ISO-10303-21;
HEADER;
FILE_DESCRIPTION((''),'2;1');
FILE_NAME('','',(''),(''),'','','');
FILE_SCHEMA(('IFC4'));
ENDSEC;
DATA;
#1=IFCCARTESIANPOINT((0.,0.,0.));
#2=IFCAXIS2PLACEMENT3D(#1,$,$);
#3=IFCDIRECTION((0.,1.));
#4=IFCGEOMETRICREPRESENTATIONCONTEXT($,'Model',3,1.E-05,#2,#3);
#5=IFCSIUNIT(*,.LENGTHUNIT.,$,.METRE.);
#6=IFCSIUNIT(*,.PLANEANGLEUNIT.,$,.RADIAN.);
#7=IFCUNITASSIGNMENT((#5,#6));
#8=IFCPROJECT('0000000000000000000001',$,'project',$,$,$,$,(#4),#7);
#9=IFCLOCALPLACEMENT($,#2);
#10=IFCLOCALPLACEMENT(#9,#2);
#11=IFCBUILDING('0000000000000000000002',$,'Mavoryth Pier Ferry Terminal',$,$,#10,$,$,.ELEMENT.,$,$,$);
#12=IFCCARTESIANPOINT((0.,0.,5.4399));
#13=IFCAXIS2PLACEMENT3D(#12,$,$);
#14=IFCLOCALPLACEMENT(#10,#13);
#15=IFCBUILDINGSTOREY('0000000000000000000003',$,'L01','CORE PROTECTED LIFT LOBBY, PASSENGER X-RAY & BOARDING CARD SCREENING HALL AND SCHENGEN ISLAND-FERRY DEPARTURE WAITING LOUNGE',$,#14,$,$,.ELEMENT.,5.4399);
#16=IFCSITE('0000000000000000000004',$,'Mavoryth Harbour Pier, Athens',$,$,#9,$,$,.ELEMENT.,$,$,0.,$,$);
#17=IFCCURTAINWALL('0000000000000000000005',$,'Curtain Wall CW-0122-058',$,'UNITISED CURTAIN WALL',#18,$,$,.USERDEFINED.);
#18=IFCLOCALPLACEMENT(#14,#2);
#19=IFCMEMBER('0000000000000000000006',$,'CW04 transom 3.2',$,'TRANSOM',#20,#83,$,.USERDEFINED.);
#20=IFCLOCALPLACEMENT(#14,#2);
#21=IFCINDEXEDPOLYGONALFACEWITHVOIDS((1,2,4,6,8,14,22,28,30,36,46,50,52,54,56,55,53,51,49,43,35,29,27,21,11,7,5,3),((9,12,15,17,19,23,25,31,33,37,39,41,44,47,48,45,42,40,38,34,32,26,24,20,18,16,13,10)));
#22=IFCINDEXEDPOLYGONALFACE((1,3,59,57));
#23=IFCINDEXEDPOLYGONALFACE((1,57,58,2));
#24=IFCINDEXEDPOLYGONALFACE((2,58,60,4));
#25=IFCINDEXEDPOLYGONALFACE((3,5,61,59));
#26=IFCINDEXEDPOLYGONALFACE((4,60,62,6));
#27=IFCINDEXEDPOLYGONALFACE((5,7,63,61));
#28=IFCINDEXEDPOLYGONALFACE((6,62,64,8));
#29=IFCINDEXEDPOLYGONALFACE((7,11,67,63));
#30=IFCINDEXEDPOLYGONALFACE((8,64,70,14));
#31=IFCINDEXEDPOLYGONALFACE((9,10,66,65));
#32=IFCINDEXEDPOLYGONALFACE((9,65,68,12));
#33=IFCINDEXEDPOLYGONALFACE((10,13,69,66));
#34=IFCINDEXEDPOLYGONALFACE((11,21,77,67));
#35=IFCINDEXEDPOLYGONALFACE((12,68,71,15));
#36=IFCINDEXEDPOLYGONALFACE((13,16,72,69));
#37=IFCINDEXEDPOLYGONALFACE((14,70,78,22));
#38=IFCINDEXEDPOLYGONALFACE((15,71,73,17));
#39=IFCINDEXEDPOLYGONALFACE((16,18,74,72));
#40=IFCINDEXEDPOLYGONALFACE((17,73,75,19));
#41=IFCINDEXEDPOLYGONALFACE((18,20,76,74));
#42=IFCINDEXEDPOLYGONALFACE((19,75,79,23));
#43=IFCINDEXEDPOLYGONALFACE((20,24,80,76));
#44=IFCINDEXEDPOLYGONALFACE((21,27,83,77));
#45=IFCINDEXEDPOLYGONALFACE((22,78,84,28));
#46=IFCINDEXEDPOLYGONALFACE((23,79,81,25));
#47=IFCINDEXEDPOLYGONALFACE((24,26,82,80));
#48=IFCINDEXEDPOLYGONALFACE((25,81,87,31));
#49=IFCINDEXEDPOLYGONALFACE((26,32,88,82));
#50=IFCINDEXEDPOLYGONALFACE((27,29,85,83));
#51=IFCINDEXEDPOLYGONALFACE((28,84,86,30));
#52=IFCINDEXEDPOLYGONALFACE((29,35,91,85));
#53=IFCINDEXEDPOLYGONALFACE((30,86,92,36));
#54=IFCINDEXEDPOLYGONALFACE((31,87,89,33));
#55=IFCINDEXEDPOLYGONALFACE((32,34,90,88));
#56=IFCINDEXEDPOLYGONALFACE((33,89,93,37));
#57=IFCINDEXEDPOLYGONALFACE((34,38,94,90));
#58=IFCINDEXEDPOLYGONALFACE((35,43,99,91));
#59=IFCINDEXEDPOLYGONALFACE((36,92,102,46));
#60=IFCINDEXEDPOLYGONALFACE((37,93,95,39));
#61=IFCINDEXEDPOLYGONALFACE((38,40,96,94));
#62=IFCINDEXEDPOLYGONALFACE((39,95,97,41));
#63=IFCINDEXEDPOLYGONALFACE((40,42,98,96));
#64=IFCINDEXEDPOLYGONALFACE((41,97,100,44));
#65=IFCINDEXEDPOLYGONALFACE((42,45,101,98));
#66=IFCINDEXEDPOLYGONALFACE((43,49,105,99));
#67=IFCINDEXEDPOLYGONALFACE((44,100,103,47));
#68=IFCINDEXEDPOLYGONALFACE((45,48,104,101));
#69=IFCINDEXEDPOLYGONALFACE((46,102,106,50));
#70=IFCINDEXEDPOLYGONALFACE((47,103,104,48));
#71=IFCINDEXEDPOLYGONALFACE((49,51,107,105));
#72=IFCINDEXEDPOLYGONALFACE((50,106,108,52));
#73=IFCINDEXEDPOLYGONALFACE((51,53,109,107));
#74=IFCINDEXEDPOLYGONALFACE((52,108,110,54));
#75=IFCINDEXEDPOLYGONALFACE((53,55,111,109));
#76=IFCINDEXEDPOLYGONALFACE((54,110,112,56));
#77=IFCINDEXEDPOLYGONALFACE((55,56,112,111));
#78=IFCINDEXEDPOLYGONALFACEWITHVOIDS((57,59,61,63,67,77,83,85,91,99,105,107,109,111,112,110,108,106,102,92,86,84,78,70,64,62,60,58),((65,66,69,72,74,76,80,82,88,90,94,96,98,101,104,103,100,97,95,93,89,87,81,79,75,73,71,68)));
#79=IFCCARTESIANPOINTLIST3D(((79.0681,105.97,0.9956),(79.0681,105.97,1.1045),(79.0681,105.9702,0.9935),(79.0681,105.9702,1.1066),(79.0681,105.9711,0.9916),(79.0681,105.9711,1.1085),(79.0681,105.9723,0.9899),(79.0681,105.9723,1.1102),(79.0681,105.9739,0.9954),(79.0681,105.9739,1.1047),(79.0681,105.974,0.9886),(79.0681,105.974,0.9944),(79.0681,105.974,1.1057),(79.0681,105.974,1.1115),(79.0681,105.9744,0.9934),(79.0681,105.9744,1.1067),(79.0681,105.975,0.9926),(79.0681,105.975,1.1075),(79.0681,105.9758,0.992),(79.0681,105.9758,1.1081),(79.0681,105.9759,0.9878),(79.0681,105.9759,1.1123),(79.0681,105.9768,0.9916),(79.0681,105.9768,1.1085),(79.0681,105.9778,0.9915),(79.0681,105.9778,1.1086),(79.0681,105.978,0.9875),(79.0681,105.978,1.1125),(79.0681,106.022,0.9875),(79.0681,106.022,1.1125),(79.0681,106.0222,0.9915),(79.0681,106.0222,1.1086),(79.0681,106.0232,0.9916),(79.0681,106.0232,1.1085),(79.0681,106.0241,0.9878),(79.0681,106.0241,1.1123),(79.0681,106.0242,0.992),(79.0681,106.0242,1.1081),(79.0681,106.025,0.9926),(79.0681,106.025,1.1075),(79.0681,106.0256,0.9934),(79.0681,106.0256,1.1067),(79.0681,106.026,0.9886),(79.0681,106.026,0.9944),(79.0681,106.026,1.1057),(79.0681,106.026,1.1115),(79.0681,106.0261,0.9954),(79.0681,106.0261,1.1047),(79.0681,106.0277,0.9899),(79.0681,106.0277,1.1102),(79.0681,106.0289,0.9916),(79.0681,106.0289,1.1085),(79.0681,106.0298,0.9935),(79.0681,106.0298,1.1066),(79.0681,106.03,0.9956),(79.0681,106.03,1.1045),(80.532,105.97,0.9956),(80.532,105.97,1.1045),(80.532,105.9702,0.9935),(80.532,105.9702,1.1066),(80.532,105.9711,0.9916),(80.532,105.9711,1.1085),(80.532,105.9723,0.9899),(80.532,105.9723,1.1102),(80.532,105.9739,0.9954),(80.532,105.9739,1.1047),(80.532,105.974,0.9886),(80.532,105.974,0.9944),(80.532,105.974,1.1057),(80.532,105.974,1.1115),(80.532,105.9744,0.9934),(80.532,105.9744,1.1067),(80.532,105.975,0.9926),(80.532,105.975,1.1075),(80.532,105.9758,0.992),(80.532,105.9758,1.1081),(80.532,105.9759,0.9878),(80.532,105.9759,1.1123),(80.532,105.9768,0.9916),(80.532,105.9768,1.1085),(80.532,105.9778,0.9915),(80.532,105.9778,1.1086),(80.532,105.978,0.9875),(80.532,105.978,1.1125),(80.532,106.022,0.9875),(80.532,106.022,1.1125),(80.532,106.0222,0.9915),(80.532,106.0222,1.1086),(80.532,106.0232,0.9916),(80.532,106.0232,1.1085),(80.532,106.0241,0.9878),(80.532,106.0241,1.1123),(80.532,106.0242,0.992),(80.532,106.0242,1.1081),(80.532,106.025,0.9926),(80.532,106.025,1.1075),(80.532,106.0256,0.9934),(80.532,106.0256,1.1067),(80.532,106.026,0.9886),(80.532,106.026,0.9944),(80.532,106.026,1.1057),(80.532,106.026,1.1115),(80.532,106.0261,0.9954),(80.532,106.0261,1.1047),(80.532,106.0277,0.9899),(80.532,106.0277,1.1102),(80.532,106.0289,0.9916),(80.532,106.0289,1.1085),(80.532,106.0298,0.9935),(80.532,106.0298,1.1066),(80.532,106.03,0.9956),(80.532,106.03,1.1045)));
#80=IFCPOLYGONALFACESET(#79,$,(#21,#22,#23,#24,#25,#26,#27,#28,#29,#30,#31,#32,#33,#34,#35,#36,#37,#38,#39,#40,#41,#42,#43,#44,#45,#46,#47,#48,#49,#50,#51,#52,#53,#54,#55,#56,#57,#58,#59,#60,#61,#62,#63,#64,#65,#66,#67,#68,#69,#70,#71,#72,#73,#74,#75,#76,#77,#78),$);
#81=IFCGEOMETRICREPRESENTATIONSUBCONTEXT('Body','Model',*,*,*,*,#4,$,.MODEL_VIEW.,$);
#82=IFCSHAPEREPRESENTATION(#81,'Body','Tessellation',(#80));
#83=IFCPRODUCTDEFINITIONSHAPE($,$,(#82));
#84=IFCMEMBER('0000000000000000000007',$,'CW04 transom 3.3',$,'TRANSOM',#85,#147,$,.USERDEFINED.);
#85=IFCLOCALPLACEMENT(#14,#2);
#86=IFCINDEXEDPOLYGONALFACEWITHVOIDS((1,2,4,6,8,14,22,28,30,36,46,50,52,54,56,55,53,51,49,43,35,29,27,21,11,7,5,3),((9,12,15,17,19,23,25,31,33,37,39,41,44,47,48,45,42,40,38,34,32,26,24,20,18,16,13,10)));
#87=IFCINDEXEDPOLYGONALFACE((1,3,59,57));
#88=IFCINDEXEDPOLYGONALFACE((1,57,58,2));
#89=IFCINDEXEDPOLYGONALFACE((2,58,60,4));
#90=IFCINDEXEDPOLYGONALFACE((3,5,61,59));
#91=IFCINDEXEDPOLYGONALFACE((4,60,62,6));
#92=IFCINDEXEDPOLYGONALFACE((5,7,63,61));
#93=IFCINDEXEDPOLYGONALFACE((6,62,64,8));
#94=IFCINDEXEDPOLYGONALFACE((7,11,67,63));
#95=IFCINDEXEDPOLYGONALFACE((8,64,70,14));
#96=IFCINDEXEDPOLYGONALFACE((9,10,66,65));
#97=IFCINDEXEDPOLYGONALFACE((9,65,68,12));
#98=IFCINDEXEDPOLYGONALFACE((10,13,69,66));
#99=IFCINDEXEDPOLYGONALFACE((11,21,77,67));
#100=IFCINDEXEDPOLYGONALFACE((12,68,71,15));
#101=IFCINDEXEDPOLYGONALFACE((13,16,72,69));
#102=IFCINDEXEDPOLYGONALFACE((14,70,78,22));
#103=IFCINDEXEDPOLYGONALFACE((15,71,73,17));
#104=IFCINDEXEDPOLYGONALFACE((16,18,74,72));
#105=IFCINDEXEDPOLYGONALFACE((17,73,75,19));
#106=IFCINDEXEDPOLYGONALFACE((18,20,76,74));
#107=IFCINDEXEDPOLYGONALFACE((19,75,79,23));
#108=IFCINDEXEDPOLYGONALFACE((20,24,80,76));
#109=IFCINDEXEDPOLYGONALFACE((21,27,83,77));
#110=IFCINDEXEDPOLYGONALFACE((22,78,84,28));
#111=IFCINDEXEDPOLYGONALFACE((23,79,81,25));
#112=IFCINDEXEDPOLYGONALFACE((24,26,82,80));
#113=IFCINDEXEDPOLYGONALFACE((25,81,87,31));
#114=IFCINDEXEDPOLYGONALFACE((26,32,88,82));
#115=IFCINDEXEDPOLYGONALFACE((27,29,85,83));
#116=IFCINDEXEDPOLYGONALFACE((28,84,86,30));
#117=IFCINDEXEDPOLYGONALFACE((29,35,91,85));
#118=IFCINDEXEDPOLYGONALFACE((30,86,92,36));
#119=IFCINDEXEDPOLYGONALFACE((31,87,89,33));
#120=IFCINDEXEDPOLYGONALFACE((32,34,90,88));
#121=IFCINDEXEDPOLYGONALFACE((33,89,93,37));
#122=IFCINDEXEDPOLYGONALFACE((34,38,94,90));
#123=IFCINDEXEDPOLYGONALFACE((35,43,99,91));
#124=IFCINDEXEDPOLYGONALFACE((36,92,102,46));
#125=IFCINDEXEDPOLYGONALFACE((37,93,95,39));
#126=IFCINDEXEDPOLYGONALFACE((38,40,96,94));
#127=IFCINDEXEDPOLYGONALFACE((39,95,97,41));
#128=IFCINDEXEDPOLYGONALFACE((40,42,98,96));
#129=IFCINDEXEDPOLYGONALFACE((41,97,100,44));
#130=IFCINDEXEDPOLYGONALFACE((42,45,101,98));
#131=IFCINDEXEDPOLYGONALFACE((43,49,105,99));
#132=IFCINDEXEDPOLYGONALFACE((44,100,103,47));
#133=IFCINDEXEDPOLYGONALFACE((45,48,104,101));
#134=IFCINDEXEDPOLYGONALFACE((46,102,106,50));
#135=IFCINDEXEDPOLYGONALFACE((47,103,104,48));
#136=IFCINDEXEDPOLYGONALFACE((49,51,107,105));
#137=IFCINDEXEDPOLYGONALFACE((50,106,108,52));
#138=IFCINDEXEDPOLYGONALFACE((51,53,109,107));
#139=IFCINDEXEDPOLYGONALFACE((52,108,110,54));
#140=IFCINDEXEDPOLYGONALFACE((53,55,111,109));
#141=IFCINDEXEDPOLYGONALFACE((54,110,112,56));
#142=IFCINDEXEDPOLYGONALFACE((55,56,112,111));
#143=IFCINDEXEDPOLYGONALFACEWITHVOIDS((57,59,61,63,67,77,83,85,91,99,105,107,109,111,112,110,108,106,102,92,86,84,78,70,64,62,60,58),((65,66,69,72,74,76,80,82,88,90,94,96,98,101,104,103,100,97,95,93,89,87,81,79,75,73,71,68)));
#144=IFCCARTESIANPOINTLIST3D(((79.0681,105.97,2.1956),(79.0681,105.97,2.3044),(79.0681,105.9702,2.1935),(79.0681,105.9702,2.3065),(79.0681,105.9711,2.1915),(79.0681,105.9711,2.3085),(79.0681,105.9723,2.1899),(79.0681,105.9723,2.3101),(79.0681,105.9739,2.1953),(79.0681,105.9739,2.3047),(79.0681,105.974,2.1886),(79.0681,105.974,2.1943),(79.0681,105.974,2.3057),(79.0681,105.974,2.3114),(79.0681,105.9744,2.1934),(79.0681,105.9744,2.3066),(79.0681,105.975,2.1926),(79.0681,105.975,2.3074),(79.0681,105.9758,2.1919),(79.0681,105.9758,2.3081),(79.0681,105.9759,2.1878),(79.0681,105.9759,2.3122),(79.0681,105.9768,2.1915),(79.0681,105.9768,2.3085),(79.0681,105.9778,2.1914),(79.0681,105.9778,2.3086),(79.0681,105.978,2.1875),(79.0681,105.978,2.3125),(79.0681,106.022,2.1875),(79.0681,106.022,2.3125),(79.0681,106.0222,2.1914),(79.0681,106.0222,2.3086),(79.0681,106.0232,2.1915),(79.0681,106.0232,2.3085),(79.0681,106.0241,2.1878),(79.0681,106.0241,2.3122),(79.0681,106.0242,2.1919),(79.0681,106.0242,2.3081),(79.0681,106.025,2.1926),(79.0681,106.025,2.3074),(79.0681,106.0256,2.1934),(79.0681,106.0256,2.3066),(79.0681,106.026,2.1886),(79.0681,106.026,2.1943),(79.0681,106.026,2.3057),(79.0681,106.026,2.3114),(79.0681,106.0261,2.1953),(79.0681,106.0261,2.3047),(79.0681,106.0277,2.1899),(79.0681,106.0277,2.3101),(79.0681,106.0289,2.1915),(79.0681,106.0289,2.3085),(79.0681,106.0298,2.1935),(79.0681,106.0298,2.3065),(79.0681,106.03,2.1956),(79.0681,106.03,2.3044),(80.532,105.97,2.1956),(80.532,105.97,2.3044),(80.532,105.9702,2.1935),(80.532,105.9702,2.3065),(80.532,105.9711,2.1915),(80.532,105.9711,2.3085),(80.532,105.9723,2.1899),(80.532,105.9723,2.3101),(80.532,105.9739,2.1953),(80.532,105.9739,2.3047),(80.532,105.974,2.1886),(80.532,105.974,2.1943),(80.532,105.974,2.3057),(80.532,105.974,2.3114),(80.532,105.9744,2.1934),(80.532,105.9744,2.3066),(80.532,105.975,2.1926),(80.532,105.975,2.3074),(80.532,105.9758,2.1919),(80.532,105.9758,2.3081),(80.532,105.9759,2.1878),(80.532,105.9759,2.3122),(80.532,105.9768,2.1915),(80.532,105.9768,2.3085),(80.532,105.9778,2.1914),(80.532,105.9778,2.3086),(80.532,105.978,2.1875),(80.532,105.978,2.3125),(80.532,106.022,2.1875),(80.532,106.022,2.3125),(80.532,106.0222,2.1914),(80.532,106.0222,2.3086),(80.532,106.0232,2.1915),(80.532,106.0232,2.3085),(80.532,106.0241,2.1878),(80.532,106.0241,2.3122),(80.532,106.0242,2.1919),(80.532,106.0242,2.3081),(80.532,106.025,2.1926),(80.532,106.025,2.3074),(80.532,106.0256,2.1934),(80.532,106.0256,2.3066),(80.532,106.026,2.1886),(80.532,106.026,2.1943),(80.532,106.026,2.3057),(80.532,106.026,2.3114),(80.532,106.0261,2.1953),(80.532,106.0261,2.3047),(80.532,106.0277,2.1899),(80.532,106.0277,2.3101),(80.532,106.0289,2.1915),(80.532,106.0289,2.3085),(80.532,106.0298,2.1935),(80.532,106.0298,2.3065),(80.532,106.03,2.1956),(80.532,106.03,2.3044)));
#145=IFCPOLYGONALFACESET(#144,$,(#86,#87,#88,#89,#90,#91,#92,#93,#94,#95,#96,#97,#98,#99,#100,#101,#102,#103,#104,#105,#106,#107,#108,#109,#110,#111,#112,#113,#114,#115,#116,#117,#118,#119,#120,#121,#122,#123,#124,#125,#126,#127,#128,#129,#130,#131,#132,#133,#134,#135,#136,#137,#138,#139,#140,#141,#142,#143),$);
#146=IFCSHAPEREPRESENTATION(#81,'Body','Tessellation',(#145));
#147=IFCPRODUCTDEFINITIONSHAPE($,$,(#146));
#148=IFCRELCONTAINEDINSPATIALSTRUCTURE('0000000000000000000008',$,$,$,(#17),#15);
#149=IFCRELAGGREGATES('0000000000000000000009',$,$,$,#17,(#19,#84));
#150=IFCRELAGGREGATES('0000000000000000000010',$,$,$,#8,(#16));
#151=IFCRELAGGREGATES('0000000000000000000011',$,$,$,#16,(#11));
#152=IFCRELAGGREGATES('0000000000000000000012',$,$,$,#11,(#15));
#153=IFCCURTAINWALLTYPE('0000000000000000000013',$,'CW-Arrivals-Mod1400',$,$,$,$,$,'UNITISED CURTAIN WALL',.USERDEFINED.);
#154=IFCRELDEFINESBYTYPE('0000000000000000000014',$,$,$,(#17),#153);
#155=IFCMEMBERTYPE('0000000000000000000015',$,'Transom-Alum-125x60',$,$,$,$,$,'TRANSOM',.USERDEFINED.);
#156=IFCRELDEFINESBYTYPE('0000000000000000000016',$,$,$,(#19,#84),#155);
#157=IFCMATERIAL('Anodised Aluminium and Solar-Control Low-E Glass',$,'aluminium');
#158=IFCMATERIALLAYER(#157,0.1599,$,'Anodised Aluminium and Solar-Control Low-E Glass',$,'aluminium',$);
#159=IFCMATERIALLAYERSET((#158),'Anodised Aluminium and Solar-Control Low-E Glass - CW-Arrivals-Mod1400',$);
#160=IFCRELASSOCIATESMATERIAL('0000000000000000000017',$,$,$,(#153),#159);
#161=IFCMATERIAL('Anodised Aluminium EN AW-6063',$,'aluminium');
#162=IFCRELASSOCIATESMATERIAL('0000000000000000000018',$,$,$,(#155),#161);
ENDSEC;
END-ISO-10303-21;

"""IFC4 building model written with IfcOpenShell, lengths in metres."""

from ifc_helpers import new_model, si_unit, direction, frame, origin, origin_2d, place, context, subcontext, project, spatial, hollow_rectangle, extrude, material, layer, layer_set, material_profile, profile_set, type_object, element, aggregate, save


model = new_model("IFC4")

# Units and contexts
model_context = context("Model", 3, precision=1e-05, world=origin(), true_north=direction((0.0, 1.0)))
body_context = subcontext(model_context, "Body", "Model", "MODEL_VIEW")
ifc_project = project(units=[si_unit("LENGTHUNIT", "METRE"), si_unit("PLANEANGLEUNIT", "RADIAN")], contexts=[model_context])

# Site, building, storey
site_placement = place(None, origin())
site = spatial("IfcSite", under=ifc_project, at=site_placement, Name="Mavoryth Harbour Pier, Athens", CompositionType="ELEMENT", RefElevation=0.0)
building_placement = place(site_placement, origin())
building = spatial("IfcBuilding", under=site, at=building_placement, Name="Mavoryth Pier Ferry Terminal", CompositionType="ELEMENT")
storey_placement = place(building_placement, frame((0.0, 0.0, 5.4399)))
storey = spatial("IfcBuildingStorey", under=building, at=storey_placement, Name="L01", Description="CORE PROTECTED LIFT LOBBY, PASSENGER X-RAY & BOARDING CARD SCREENING HALL AND SCHENGEN ISLAND-FERRY DEPARTURE WAITING LOUNGE", CompositionType="ELEMENT", Elevation=5.4399)

# Curtain wall
ifc_material_1 = material(Name="Anodised Aluminium and Solar-Control Low-E Glass", Category="aluminium")
ifc_layer_1 = layer(ifc_material_1, 0.1599, Name="Anodised Aluminium and Solar-Control Low-E Glass", Category="aluminium")
ifc_layer_set_1 = layer_set([ifc_layer_1], Name="Anodised Aluminium and Solar-Control Low-E Glass - CW-Arrivals-Mod1400")
curtain_wall_type = type_object("IfcCurtainWallType", Name="CW-Arrivals-Mod1400", ElementType="UNITISED CURTAIN WALL", PredefinedType="USERDEFINED", material=ifc_layer_set_1)
curtain_wall_1_placement = place(storey_placement, origin())
curtain_wall_1 = element("IfcCurtainWall", 1, at=curtain_wall_1_placement, inside=storey, type_object=curtain_wall_type, Name="Curtain Wall CW-0122-058", ObjectType="UNITISED CURTAIN WALL", PredefinedType="USERDEFINED")
ifc_material_2 = material(Name="Anodised Aluminium EN AW-6063", Category="aluminium")

# Members
ifc_material_profile_1 = material_profile(ifc_material_2, hollow_rectangle(XDim=0.0601, YDim=0.125, WallThickness=0.0039, InnerFilletRadius=0.0039, OuterFilletRadius=0.0081, at=origin_2d()), Name="AL-TRAN 125x60x4", Category="aluminium")
ifc_profile_set_1 = profile_set([ifc_material_profile_1], Name="Anodised Aluminium EN AW-6063 - AL-TRAN 125x60x4")
member_type_1 = type_object("IfcMemberType", Name="Transom-Alum-125x60", ElementType="TRANSOM", PredefinedType="USERDEFINED", material=ifc_profile_set_1)
member_1_placement = place(storey_placement, frame((80.532, 106.0, 1.05), z_axis=(-1.0, 0.0, 0.0), x_axis=(0.0, -1.0, 0.0)))
member_1 = element("IfcMember", 2, at=member_1_placement, type_object=member_type_1, Name="CW04 transom 3.2", ObjectType="TRANSOM", PredefinedType="USERDEFINED", context=body_context, shape_type="SweptSolid", body=[
    extrude(hollow_rectangle(XDim=0.0601, YDim=0.125, WallThickness=0.0039, InnerFilletRadius=0.0039, OuterFilletRadius=0.0081, at=origin_2d()), origin(), (0.0, 0.0, 1.0), 1.4639),
])
member_2_placement = place(storey_placement, frame((80.532, 106.0, 2.25), z_axis=(-1.0, 0.0, 0.0), x_axis=(0.0, -1.0, 0.0)))
member_2 = element("IfcMember", 3, at=member_2_placement, type_object=member_type_1, Name="CW04 transom 3.3", ObjectType="TRANSOM", PredefinedType="USERDEFINED", context=body_context, shape_type="SweptSolid", body=[
    extrude(hollow_rectangle(XDim=0.0601, YDim=0.125, WallThickness=0.0039, InnerFilletRadius=0.0039, OuterFilletRadius=0.0081, at=origin_2d()), origin(), (0.0, 0.0, 1.0), 1.4639),
])

aggregate(curtain_wall_1, [member_1, member_2])

save(model, "model.ifc")
